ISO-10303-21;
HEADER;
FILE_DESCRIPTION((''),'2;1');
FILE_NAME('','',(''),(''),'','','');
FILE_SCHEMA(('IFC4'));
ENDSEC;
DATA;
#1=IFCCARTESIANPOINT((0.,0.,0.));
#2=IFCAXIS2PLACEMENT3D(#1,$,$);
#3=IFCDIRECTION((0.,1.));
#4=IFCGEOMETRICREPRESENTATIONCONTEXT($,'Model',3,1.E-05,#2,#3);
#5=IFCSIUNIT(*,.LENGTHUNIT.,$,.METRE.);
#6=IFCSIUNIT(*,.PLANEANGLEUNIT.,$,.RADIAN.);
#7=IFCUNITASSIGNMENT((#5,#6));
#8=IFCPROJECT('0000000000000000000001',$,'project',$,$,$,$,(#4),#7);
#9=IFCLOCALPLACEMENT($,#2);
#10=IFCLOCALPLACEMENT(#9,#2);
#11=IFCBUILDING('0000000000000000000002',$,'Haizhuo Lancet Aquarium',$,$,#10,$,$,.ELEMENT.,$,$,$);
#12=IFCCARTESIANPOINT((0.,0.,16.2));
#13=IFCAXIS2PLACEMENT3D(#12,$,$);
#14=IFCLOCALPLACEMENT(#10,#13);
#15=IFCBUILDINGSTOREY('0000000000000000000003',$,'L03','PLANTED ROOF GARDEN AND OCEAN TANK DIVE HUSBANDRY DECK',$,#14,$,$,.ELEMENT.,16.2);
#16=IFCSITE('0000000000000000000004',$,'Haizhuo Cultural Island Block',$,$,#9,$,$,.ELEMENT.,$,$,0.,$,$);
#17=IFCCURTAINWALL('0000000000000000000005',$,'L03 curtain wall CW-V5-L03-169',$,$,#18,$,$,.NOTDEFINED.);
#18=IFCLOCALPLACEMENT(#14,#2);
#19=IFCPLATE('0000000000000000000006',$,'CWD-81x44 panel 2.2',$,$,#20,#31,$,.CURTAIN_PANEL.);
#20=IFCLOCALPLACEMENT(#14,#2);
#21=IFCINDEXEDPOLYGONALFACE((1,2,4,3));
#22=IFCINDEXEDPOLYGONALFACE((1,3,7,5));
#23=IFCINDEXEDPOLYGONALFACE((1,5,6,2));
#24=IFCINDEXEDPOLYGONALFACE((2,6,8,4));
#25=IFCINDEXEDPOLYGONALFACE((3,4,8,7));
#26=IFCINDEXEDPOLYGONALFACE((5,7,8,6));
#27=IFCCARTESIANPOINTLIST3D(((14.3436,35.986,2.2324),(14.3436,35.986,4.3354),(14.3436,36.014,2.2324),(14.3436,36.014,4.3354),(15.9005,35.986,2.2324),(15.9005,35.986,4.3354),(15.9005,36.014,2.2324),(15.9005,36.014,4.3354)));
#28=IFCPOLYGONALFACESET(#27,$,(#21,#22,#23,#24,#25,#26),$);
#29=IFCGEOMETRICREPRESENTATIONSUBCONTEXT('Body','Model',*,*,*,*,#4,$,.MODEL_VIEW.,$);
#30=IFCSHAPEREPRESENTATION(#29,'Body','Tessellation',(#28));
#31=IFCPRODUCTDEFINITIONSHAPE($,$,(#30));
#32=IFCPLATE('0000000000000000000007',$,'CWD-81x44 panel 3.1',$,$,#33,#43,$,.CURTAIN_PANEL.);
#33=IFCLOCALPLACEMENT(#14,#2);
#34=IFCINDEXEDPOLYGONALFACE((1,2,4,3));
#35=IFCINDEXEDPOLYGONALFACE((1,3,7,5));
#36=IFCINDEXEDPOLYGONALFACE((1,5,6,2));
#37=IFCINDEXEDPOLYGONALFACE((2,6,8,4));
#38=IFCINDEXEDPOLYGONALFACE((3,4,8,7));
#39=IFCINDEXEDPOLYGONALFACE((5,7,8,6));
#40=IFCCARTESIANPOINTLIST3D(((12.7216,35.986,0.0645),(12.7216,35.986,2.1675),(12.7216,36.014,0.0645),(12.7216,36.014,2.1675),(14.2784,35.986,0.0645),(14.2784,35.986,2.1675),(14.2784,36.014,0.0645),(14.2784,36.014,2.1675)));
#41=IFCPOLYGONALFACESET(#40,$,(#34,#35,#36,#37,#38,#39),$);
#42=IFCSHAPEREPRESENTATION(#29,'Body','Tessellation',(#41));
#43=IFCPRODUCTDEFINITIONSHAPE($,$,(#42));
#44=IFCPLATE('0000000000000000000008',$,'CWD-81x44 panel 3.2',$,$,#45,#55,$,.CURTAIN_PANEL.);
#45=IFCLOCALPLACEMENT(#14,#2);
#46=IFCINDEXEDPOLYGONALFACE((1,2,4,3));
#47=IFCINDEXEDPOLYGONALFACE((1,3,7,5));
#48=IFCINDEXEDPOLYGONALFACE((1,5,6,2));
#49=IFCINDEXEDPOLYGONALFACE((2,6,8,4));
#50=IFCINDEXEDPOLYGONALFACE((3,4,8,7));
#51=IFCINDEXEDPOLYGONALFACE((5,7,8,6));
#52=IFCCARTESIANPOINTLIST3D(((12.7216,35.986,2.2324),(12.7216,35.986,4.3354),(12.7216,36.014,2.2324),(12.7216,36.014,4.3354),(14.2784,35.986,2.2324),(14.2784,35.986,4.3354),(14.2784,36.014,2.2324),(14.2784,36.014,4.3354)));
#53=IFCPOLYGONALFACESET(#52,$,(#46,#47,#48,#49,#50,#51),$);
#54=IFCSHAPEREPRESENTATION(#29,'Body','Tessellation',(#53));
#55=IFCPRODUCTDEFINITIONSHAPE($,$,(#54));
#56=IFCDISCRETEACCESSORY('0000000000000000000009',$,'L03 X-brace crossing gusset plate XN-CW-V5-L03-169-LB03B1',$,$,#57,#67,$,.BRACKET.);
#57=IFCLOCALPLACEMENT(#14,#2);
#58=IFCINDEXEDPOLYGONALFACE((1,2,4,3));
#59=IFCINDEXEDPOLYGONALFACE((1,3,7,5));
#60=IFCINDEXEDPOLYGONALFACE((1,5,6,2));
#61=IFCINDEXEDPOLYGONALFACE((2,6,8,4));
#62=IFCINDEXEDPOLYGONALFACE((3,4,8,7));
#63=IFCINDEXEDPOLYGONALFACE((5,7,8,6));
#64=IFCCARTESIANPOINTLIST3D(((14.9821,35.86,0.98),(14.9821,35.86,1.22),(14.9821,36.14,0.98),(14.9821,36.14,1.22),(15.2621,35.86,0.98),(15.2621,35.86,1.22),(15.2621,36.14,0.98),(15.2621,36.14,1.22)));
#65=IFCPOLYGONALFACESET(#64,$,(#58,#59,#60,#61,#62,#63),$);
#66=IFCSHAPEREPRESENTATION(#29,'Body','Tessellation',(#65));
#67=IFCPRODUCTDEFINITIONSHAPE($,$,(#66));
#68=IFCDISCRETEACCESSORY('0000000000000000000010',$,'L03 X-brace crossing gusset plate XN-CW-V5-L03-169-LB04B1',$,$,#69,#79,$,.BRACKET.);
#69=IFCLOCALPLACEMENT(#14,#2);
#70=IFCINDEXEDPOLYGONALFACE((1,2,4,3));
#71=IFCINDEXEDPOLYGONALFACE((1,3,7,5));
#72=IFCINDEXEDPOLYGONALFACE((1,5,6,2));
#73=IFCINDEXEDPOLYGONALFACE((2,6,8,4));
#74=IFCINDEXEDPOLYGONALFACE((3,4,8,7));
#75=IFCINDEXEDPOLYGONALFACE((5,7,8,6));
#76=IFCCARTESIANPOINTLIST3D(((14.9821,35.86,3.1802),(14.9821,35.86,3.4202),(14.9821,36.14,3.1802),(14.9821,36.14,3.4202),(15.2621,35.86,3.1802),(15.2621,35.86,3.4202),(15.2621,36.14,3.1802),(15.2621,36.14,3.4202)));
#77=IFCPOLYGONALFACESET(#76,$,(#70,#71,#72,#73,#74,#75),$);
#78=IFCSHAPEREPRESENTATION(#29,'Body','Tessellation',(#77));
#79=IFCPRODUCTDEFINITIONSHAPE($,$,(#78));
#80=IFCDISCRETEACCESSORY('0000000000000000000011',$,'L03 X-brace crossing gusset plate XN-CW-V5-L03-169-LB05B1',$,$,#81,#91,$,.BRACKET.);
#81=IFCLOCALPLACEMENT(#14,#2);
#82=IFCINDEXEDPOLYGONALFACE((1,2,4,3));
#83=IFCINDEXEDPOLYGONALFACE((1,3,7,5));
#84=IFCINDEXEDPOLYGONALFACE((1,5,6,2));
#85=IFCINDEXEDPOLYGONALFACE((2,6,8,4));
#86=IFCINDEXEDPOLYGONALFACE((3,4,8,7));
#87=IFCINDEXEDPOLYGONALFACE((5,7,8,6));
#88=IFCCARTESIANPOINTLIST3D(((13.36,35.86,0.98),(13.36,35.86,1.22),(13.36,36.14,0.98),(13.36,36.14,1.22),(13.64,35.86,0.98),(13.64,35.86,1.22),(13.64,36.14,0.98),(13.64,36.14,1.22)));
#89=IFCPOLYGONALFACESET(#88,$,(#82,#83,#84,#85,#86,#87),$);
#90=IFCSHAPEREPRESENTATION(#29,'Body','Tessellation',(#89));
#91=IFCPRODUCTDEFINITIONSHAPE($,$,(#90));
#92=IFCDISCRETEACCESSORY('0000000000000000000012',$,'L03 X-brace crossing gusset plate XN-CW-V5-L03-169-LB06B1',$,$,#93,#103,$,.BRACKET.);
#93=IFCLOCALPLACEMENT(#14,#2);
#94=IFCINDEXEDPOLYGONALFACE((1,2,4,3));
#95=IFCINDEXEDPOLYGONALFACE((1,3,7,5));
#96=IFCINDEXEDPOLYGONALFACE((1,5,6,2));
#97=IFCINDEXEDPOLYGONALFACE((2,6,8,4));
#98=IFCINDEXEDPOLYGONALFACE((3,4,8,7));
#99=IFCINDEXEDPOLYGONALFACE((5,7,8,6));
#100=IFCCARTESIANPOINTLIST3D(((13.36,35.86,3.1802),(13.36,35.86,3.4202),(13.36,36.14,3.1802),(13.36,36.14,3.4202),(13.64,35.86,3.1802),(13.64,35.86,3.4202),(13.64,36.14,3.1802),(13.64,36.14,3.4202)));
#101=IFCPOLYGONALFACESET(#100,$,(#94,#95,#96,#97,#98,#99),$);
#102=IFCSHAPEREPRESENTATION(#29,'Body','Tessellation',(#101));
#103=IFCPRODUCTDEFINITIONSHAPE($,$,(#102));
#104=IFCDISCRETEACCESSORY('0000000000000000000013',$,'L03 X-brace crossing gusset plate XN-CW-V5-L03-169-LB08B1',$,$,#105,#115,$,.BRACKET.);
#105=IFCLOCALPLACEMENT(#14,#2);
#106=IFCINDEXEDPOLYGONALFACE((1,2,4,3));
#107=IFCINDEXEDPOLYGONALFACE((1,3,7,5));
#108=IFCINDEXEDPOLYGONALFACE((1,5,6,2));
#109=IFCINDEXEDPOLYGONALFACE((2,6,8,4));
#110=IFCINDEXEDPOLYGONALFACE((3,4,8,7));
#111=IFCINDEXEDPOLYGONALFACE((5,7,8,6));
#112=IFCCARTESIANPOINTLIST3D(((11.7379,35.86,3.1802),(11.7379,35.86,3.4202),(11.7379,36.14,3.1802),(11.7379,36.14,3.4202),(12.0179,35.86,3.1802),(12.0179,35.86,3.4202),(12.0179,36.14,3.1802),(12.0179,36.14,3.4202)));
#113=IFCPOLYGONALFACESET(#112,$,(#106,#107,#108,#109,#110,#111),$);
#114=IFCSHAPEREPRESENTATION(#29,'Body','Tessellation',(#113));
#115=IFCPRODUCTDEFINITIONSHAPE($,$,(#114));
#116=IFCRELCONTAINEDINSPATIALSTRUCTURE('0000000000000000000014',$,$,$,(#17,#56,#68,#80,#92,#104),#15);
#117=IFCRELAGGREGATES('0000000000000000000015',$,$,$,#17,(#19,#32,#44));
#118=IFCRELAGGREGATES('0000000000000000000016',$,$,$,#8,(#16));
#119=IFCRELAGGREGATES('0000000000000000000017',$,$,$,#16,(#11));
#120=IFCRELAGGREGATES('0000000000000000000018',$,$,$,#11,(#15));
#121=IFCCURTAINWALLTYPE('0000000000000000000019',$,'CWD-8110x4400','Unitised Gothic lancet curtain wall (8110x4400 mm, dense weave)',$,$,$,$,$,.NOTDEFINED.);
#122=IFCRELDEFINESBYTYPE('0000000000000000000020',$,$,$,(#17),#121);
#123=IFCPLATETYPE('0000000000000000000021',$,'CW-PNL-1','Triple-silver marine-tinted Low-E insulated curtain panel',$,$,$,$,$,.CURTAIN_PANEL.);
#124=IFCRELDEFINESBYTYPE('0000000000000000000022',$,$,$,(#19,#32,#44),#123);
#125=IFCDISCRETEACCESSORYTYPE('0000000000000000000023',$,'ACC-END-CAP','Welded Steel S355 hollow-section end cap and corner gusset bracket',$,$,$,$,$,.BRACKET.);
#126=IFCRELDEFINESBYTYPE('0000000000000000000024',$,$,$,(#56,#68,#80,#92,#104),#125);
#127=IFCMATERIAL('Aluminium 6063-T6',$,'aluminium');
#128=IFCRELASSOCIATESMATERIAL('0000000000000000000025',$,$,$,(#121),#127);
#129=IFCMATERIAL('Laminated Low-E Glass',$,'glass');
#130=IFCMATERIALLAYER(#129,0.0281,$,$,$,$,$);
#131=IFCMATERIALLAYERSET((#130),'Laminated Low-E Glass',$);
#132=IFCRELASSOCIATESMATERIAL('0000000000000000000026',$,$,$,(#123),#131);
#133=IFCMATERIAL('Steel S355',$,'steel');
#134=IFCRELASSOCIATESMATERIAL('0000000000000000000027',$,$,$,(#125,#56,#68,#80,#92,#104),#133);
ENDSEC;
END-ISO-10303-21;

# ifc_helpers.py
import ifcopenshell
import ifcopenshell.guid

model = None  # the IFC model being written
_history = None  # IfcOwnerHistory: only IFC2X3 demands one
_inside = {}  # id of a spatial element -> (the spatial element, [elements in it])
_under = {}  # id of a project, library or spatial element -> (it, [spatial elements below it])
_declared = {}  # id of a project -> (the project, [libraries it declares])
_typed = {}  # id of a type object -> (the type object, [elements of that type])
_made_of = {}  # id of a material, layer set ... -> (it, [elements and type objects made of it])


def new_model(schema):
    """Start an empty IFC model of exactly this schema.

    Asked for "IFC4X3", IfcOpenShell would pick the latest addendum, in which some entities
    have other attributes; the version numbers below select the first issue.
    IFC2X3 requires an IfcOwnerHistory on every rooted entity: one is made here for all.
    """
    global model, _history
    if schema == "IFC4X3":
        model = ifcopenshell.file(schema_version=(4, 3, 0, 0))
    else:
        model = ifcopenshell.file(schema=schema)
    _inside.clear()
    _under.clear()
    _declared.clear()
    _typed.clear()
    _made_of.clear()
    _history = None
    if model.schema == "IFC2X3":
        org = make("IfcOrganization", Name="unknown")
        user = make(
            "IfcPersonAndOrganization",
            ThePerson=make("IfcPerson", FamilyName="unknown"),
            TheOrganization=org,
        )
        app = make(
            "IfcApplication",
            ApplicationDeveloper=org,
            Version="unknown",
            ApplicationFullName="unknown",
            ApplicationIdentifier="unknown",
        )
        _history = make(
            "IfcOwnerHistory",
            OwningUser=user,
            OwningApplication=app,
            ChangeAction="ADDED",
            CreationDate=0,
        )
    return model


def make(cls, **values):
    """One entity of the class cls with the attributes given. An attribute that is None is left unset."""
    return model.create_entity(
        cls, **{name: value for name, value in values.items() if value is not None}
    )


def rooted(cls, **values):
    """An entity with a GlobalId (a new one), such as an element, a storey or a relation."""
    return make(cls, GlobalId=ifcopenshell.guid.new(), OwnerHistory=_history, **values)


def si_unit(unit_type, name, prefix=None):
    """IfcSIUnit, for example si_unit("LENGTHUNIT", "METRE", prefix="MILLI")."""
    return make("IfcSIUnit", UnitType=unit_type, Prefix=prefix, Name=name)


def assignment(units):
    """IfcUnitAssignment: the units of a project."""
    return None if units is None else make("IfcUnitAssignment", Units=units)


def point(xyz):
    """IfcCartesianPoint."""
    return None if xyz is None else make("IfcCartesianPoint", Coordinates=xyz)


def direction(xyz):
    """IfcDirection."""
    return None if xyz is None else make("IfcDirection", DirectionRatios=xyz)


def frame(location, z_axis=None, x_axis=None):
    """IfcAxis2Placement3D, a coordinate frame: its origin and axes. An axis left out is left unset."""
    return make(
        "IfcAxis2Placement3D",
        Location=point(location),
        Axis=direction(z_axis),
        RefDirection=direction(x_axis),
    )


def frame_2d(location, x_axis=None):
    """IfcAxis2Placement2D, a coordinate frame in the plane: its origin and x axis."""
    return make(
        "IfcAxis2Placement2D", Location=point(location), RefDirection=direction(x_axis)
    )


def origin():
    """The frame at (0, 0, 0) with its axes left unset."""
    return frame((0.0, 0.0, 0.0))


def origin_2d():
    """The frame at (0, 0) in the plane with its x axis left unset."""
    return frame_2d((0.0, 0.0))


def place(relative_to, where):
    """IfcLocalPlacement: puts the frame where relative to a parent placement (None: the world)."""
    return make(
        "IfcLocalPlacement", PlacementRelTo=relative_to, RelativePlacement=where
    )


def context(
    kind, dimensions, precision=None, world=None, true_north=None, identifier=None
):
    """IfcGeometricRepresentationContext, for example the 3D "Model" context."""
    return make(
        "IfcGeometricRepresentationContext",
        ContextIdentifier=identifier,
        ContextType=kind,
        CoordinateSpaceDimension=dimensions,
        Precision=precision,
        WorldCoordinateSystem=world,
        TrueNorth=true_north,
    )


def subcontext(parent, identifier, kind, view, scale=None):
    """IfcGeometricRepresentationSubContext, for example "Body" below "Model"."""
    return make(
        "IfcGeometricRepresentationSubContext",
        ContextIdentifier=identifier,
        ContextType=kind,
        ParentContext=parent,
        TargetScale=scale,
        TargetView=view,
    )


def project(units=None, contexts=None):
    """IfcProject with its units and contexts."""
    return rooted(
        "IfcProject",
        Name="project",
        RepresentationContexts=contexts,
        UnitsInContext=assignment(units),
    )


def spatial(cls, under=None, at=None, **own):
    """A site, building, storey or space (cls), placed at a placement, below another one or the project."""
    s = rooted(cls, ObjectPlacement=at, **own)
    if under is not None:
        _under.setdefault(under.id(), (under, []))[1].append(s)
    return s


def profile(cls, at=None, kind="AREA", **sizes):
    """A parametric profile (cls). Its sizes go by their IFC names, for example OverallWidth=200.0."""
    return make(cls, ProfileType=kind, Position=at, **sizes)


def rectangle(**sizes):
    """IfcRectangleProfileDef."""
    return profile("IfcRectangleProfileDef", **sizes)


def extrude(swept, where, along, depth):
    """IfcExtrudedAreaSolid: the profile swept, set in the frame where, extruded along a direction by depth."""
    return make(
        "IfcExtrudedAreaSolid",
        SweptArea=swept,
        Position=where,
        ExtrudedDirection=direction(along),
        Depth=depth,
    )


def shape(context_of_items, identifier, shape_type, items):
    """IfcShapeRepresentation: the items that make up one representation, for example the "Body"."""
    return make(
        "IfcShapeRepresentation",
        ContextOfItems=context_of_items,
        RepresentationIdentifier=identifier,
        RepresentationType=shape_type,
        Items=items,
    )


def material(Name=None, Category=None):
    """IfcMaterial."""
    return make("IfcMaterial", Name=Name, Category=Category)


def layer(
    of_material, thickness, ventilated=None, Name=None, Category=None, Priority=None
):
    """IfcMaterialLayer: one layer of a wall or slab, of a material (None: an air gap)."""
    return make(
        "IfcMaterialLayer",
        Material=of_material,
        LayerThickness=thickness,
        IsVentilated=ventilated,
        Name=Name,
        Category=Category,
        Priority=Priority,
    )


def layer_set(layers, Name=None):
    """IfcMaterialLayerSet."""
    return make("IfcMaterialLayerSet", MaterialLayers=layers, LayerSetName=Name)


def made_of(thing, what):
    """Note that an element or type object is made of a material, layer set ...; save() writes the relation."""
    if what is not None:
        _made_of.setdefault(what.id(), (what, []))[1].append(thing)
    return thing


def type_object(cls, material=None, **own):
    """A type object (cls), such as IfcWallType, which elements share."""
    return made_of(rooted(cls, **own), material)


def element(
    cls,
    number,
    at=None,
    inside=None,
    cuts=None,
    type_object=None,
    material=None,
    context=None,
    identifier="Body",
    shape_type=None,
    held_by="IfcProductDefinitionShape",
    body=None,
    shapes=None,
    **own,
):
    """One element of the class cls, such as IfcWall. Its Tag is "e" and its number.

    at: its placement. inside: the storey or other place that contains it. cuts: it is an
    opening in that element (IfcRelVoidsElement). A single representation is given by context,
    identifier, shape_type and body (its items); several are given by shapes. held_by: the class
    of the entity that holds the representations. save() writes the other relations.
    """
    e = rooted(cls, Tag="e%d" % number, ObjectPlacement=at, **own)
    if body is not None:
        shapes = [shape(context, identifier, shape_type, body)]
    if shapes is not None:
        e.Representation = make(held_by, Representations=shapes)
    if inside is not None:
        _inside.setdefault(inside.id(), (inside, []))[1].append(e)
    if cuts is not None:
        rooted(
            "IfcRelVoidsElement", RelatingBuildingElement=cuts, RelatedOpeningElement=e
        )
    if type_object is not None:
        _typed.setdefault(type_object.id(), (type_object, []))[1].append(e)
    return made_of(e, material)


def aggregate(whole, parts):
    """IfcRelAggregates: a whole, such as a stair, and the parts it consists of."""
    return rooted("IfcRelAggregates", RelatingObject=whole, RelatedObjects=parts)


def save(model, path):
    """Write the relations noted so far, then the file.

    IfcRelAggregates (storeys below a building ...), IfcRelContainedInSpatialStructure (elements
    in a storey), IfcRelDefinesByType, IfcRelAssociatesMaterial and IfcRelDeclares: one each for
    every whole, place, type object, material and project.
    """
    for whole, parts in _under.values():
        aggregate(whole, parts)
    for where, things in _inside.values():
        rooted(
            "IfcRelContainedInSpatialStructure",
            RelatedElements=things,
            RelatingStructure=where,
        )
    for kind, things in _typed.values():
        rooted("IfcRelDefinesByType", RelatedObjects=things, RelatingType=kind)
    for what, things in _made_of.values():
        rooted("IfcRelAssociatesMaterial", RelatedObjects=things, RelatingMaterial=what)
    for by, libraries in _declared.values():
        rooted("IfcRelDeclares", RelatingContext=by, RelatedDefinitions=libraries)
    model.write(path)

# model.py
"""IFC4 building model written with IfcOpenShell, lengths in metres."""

from ifc_helpers import new_model, si_unit, direction, frame, origin, origin_2d, place, context, subcontext, project, spatial, rectangle, extrude, material, layer, layer_set, type_object, element, aggregate, save


model = new_model("IFC4")

# Units and contexts
model_context = context("Model", 3, precision=1e-05, world=origin(), true_north=direction((0.0, 1.0)))
body_context = subcontext(model_context, "Body", "Model", "MODEL_VIEW")
ifc_project = project(units=[si_unit("LENGTHUNIT", "METRE"), si_unit("PLANEANGLEUNIT", "RADIAN")], contexts=[model_context])

# Site, building, storey
site_placement = place(None, origin())
site = spatial("IfcSite", under=ifc_project, at=site_placement, Name="Haizhuo Cultural Island Block", CompositionType="ELEMENT", RefElevation=0.0)
building_placement = place(site_placement, origin())
building = spatial("IfcBuilding", under=site, at=building_placement, Name="Haizhuo Lancet Aquarium", CompositionType="ELEMENT")
storey_placement = place(building_placement, frame((0.0, 0.0, 16.2)))
storey = spatial("IfcBuildingStorey", under=building, at=storey_placement, Name="L03", Description="PLANTED ROOF GARDEN AND OCEAN TANK DIVE HUSBANDRY DECK", CompositionType="ELEMENT", Elevation=16.2)

# Curtain wall
ifc_material_1 = material(Name="Aluminium 6063-T6", Category="aluminium")
curtain_wall_type = type_object("IfcCurtainWallType", Name="CWD-8110x4400", Description="Unitised Gothic lancet curtain wall (8110x4400 mm, dense weave)", PredefinedType="NOTDEFINED", material=ifc_material_1)
curtain_wall_placement = place(storey_placement, origin())
curtain_wall = element("IfcCurtainWall", 1, at=curtain_wall_placement, inside=storey, type_object=curtain_wall_type, Name="L03 curtain wall CW-V5-L03-169", PredefinedType="NOTDEFINED")

# Shared definitions
ifc_material_2 = material(Name="Steel S355", Category="steel")

# Plates
ifc_material_3 = material(Name="Laminated Low-E Glass", Category="glass")
ifc_layer = layer(ifc_material_3, 0.0281)
ifc_layer_set = layer_set([ifc_layer], Name="Laminated Low-E Glass")
plate_type = type_object("IfcPlateType", Name="CW-PNL-1", Description="Triple-silver marine-tinted Low-E insulated curtain panel", PredefinedType="CURTAIN_PANEL", material=ifc_layer_set)
plate_1_placement = place(storey_placement, frame((15.1221, 36.0, 2.2324), z_axis=(0.0, 0.0, 1.0), x_axis=(-1.0, 0.0, 0.0)))
plate_1 = element("IfcPlate", 2, at=plate_1_placement, type_object=plate_type, Name="CWD-81x44 panel 2.2", PredefinedType="CURTAIN_PANEL", context=body_context, shape_type="SweptSolid", body=[
    extrude(rectangle(XDim=1.5569, YDim=0.0281, at=origin_2d()), origin(), (0.0, 0.0, 1.0), 2.103),
])
plate_2_placement = place(storey_placement, frame((13.5, 36.0, 0.0645), z_axis=(0.0, 0.0, 1.0), x_axis=(-1.0, 0.0, 0.0)))
plate_2 = element("IfcPlate", 3, at=plate_2_placement, type_object=plate_type, Name="CWD-81x44 panel 3.1", PredefinedType="CURTAIN_PANEL", context=body_context, shape_type="SweptSolid", body=[
    extrude(rectangle(XDim=1.5569, YDim=0.0281, at=origin_2d()), origin(), (0.0, 0.0, 1.0), 2.103),
])
plate_3_placement = place(storey_placement, frame((13.5, 36.0, 2.2324), z_axis=(0.0, 0.0, 1.0), x_axis=(-1.0, 0.0, 0.0)))
plate_3 = element("IfcPlate", 4, at=plate_3_placement, type_object=plate_type, Name="CWD-81x44 panel 3.2", PredefinedType="CURTAIN_PANEL", context=body_context, shape_type="SweptSolid", body=[
    extrude(rectangle(XDim=1.5569, YDim=0.0281, at=origin_2d()), origin(), (0.0, 0.0, 1.0), 2.103),
])
aggregate(curtain_wall, [plate_1, plate_2, plate_3])

# Discrete accessories
discrete_accessory_type = type_object("IfcDiscreteAccessoryType", Name="ACC-END-CAP", Description="Welded Steel S355 hollow-section end cap and corner gusset bracket", PredefinedType="BRACKET", material=ifc_material_2)
for number, where, z_axis, x_axis, name in (
    (5, (15.1221, 36.0, 0.98), (0.0, 0.0, 1.0), (1.0, 0.0, 0.0), "L03 X-brace crossing gusset plate XN-CW-V5-L03-169-LB03B1"),
    (6, (15.1221, 36.0, 3.1802), (0.0, 0.0, 1.0), (1.0, 0.0, 0.0), "L03 X-brace crossing gusset plate XN-CW-V5-L03-169-LB04B1"),
    (7, (13.5, 36.0, 0.98), (0.0, 0.0, 1.0), (1.0, 0.0, 0.0), "L03 X-brace crossing gusset plate XN-CW-V5-L03-169-LB05B1"),
    (8, (13.5, 36.0, 3.1802), (0.0, 0.0, 1.0), (1.0, 0.0, 0.0), "L03 X-brace crossing gusset plate XN-CW-V5-L03-169-LB06B1"),
    (9, (11.8779, 36.0, 3.1802), (0.0, 0.0, 1.0), (1.0, 0.0, 0.0), "L03 X-brace crossing gusset plate XN-CW-V5-L03-169-LB08B1"),
):
    element("IfcDiscreteAccessory", number, at=place(storey_placement, frame(where, z_axis=z_axis, x_axis=x_axis)), inside=storey, type_object=discrete_accessory_type, material=ifc_material_2, Name=name, PredefinedType="BRACKET", context=body_context, shape_type="SweptSolid", body=[
        extrude(rectangle(XDim=0.28, YDim=0.28, at=origin_2d()), origin(), (0.0, 0.0, 1.0), 0.24),
    ])

save(model, "model.ifc")
